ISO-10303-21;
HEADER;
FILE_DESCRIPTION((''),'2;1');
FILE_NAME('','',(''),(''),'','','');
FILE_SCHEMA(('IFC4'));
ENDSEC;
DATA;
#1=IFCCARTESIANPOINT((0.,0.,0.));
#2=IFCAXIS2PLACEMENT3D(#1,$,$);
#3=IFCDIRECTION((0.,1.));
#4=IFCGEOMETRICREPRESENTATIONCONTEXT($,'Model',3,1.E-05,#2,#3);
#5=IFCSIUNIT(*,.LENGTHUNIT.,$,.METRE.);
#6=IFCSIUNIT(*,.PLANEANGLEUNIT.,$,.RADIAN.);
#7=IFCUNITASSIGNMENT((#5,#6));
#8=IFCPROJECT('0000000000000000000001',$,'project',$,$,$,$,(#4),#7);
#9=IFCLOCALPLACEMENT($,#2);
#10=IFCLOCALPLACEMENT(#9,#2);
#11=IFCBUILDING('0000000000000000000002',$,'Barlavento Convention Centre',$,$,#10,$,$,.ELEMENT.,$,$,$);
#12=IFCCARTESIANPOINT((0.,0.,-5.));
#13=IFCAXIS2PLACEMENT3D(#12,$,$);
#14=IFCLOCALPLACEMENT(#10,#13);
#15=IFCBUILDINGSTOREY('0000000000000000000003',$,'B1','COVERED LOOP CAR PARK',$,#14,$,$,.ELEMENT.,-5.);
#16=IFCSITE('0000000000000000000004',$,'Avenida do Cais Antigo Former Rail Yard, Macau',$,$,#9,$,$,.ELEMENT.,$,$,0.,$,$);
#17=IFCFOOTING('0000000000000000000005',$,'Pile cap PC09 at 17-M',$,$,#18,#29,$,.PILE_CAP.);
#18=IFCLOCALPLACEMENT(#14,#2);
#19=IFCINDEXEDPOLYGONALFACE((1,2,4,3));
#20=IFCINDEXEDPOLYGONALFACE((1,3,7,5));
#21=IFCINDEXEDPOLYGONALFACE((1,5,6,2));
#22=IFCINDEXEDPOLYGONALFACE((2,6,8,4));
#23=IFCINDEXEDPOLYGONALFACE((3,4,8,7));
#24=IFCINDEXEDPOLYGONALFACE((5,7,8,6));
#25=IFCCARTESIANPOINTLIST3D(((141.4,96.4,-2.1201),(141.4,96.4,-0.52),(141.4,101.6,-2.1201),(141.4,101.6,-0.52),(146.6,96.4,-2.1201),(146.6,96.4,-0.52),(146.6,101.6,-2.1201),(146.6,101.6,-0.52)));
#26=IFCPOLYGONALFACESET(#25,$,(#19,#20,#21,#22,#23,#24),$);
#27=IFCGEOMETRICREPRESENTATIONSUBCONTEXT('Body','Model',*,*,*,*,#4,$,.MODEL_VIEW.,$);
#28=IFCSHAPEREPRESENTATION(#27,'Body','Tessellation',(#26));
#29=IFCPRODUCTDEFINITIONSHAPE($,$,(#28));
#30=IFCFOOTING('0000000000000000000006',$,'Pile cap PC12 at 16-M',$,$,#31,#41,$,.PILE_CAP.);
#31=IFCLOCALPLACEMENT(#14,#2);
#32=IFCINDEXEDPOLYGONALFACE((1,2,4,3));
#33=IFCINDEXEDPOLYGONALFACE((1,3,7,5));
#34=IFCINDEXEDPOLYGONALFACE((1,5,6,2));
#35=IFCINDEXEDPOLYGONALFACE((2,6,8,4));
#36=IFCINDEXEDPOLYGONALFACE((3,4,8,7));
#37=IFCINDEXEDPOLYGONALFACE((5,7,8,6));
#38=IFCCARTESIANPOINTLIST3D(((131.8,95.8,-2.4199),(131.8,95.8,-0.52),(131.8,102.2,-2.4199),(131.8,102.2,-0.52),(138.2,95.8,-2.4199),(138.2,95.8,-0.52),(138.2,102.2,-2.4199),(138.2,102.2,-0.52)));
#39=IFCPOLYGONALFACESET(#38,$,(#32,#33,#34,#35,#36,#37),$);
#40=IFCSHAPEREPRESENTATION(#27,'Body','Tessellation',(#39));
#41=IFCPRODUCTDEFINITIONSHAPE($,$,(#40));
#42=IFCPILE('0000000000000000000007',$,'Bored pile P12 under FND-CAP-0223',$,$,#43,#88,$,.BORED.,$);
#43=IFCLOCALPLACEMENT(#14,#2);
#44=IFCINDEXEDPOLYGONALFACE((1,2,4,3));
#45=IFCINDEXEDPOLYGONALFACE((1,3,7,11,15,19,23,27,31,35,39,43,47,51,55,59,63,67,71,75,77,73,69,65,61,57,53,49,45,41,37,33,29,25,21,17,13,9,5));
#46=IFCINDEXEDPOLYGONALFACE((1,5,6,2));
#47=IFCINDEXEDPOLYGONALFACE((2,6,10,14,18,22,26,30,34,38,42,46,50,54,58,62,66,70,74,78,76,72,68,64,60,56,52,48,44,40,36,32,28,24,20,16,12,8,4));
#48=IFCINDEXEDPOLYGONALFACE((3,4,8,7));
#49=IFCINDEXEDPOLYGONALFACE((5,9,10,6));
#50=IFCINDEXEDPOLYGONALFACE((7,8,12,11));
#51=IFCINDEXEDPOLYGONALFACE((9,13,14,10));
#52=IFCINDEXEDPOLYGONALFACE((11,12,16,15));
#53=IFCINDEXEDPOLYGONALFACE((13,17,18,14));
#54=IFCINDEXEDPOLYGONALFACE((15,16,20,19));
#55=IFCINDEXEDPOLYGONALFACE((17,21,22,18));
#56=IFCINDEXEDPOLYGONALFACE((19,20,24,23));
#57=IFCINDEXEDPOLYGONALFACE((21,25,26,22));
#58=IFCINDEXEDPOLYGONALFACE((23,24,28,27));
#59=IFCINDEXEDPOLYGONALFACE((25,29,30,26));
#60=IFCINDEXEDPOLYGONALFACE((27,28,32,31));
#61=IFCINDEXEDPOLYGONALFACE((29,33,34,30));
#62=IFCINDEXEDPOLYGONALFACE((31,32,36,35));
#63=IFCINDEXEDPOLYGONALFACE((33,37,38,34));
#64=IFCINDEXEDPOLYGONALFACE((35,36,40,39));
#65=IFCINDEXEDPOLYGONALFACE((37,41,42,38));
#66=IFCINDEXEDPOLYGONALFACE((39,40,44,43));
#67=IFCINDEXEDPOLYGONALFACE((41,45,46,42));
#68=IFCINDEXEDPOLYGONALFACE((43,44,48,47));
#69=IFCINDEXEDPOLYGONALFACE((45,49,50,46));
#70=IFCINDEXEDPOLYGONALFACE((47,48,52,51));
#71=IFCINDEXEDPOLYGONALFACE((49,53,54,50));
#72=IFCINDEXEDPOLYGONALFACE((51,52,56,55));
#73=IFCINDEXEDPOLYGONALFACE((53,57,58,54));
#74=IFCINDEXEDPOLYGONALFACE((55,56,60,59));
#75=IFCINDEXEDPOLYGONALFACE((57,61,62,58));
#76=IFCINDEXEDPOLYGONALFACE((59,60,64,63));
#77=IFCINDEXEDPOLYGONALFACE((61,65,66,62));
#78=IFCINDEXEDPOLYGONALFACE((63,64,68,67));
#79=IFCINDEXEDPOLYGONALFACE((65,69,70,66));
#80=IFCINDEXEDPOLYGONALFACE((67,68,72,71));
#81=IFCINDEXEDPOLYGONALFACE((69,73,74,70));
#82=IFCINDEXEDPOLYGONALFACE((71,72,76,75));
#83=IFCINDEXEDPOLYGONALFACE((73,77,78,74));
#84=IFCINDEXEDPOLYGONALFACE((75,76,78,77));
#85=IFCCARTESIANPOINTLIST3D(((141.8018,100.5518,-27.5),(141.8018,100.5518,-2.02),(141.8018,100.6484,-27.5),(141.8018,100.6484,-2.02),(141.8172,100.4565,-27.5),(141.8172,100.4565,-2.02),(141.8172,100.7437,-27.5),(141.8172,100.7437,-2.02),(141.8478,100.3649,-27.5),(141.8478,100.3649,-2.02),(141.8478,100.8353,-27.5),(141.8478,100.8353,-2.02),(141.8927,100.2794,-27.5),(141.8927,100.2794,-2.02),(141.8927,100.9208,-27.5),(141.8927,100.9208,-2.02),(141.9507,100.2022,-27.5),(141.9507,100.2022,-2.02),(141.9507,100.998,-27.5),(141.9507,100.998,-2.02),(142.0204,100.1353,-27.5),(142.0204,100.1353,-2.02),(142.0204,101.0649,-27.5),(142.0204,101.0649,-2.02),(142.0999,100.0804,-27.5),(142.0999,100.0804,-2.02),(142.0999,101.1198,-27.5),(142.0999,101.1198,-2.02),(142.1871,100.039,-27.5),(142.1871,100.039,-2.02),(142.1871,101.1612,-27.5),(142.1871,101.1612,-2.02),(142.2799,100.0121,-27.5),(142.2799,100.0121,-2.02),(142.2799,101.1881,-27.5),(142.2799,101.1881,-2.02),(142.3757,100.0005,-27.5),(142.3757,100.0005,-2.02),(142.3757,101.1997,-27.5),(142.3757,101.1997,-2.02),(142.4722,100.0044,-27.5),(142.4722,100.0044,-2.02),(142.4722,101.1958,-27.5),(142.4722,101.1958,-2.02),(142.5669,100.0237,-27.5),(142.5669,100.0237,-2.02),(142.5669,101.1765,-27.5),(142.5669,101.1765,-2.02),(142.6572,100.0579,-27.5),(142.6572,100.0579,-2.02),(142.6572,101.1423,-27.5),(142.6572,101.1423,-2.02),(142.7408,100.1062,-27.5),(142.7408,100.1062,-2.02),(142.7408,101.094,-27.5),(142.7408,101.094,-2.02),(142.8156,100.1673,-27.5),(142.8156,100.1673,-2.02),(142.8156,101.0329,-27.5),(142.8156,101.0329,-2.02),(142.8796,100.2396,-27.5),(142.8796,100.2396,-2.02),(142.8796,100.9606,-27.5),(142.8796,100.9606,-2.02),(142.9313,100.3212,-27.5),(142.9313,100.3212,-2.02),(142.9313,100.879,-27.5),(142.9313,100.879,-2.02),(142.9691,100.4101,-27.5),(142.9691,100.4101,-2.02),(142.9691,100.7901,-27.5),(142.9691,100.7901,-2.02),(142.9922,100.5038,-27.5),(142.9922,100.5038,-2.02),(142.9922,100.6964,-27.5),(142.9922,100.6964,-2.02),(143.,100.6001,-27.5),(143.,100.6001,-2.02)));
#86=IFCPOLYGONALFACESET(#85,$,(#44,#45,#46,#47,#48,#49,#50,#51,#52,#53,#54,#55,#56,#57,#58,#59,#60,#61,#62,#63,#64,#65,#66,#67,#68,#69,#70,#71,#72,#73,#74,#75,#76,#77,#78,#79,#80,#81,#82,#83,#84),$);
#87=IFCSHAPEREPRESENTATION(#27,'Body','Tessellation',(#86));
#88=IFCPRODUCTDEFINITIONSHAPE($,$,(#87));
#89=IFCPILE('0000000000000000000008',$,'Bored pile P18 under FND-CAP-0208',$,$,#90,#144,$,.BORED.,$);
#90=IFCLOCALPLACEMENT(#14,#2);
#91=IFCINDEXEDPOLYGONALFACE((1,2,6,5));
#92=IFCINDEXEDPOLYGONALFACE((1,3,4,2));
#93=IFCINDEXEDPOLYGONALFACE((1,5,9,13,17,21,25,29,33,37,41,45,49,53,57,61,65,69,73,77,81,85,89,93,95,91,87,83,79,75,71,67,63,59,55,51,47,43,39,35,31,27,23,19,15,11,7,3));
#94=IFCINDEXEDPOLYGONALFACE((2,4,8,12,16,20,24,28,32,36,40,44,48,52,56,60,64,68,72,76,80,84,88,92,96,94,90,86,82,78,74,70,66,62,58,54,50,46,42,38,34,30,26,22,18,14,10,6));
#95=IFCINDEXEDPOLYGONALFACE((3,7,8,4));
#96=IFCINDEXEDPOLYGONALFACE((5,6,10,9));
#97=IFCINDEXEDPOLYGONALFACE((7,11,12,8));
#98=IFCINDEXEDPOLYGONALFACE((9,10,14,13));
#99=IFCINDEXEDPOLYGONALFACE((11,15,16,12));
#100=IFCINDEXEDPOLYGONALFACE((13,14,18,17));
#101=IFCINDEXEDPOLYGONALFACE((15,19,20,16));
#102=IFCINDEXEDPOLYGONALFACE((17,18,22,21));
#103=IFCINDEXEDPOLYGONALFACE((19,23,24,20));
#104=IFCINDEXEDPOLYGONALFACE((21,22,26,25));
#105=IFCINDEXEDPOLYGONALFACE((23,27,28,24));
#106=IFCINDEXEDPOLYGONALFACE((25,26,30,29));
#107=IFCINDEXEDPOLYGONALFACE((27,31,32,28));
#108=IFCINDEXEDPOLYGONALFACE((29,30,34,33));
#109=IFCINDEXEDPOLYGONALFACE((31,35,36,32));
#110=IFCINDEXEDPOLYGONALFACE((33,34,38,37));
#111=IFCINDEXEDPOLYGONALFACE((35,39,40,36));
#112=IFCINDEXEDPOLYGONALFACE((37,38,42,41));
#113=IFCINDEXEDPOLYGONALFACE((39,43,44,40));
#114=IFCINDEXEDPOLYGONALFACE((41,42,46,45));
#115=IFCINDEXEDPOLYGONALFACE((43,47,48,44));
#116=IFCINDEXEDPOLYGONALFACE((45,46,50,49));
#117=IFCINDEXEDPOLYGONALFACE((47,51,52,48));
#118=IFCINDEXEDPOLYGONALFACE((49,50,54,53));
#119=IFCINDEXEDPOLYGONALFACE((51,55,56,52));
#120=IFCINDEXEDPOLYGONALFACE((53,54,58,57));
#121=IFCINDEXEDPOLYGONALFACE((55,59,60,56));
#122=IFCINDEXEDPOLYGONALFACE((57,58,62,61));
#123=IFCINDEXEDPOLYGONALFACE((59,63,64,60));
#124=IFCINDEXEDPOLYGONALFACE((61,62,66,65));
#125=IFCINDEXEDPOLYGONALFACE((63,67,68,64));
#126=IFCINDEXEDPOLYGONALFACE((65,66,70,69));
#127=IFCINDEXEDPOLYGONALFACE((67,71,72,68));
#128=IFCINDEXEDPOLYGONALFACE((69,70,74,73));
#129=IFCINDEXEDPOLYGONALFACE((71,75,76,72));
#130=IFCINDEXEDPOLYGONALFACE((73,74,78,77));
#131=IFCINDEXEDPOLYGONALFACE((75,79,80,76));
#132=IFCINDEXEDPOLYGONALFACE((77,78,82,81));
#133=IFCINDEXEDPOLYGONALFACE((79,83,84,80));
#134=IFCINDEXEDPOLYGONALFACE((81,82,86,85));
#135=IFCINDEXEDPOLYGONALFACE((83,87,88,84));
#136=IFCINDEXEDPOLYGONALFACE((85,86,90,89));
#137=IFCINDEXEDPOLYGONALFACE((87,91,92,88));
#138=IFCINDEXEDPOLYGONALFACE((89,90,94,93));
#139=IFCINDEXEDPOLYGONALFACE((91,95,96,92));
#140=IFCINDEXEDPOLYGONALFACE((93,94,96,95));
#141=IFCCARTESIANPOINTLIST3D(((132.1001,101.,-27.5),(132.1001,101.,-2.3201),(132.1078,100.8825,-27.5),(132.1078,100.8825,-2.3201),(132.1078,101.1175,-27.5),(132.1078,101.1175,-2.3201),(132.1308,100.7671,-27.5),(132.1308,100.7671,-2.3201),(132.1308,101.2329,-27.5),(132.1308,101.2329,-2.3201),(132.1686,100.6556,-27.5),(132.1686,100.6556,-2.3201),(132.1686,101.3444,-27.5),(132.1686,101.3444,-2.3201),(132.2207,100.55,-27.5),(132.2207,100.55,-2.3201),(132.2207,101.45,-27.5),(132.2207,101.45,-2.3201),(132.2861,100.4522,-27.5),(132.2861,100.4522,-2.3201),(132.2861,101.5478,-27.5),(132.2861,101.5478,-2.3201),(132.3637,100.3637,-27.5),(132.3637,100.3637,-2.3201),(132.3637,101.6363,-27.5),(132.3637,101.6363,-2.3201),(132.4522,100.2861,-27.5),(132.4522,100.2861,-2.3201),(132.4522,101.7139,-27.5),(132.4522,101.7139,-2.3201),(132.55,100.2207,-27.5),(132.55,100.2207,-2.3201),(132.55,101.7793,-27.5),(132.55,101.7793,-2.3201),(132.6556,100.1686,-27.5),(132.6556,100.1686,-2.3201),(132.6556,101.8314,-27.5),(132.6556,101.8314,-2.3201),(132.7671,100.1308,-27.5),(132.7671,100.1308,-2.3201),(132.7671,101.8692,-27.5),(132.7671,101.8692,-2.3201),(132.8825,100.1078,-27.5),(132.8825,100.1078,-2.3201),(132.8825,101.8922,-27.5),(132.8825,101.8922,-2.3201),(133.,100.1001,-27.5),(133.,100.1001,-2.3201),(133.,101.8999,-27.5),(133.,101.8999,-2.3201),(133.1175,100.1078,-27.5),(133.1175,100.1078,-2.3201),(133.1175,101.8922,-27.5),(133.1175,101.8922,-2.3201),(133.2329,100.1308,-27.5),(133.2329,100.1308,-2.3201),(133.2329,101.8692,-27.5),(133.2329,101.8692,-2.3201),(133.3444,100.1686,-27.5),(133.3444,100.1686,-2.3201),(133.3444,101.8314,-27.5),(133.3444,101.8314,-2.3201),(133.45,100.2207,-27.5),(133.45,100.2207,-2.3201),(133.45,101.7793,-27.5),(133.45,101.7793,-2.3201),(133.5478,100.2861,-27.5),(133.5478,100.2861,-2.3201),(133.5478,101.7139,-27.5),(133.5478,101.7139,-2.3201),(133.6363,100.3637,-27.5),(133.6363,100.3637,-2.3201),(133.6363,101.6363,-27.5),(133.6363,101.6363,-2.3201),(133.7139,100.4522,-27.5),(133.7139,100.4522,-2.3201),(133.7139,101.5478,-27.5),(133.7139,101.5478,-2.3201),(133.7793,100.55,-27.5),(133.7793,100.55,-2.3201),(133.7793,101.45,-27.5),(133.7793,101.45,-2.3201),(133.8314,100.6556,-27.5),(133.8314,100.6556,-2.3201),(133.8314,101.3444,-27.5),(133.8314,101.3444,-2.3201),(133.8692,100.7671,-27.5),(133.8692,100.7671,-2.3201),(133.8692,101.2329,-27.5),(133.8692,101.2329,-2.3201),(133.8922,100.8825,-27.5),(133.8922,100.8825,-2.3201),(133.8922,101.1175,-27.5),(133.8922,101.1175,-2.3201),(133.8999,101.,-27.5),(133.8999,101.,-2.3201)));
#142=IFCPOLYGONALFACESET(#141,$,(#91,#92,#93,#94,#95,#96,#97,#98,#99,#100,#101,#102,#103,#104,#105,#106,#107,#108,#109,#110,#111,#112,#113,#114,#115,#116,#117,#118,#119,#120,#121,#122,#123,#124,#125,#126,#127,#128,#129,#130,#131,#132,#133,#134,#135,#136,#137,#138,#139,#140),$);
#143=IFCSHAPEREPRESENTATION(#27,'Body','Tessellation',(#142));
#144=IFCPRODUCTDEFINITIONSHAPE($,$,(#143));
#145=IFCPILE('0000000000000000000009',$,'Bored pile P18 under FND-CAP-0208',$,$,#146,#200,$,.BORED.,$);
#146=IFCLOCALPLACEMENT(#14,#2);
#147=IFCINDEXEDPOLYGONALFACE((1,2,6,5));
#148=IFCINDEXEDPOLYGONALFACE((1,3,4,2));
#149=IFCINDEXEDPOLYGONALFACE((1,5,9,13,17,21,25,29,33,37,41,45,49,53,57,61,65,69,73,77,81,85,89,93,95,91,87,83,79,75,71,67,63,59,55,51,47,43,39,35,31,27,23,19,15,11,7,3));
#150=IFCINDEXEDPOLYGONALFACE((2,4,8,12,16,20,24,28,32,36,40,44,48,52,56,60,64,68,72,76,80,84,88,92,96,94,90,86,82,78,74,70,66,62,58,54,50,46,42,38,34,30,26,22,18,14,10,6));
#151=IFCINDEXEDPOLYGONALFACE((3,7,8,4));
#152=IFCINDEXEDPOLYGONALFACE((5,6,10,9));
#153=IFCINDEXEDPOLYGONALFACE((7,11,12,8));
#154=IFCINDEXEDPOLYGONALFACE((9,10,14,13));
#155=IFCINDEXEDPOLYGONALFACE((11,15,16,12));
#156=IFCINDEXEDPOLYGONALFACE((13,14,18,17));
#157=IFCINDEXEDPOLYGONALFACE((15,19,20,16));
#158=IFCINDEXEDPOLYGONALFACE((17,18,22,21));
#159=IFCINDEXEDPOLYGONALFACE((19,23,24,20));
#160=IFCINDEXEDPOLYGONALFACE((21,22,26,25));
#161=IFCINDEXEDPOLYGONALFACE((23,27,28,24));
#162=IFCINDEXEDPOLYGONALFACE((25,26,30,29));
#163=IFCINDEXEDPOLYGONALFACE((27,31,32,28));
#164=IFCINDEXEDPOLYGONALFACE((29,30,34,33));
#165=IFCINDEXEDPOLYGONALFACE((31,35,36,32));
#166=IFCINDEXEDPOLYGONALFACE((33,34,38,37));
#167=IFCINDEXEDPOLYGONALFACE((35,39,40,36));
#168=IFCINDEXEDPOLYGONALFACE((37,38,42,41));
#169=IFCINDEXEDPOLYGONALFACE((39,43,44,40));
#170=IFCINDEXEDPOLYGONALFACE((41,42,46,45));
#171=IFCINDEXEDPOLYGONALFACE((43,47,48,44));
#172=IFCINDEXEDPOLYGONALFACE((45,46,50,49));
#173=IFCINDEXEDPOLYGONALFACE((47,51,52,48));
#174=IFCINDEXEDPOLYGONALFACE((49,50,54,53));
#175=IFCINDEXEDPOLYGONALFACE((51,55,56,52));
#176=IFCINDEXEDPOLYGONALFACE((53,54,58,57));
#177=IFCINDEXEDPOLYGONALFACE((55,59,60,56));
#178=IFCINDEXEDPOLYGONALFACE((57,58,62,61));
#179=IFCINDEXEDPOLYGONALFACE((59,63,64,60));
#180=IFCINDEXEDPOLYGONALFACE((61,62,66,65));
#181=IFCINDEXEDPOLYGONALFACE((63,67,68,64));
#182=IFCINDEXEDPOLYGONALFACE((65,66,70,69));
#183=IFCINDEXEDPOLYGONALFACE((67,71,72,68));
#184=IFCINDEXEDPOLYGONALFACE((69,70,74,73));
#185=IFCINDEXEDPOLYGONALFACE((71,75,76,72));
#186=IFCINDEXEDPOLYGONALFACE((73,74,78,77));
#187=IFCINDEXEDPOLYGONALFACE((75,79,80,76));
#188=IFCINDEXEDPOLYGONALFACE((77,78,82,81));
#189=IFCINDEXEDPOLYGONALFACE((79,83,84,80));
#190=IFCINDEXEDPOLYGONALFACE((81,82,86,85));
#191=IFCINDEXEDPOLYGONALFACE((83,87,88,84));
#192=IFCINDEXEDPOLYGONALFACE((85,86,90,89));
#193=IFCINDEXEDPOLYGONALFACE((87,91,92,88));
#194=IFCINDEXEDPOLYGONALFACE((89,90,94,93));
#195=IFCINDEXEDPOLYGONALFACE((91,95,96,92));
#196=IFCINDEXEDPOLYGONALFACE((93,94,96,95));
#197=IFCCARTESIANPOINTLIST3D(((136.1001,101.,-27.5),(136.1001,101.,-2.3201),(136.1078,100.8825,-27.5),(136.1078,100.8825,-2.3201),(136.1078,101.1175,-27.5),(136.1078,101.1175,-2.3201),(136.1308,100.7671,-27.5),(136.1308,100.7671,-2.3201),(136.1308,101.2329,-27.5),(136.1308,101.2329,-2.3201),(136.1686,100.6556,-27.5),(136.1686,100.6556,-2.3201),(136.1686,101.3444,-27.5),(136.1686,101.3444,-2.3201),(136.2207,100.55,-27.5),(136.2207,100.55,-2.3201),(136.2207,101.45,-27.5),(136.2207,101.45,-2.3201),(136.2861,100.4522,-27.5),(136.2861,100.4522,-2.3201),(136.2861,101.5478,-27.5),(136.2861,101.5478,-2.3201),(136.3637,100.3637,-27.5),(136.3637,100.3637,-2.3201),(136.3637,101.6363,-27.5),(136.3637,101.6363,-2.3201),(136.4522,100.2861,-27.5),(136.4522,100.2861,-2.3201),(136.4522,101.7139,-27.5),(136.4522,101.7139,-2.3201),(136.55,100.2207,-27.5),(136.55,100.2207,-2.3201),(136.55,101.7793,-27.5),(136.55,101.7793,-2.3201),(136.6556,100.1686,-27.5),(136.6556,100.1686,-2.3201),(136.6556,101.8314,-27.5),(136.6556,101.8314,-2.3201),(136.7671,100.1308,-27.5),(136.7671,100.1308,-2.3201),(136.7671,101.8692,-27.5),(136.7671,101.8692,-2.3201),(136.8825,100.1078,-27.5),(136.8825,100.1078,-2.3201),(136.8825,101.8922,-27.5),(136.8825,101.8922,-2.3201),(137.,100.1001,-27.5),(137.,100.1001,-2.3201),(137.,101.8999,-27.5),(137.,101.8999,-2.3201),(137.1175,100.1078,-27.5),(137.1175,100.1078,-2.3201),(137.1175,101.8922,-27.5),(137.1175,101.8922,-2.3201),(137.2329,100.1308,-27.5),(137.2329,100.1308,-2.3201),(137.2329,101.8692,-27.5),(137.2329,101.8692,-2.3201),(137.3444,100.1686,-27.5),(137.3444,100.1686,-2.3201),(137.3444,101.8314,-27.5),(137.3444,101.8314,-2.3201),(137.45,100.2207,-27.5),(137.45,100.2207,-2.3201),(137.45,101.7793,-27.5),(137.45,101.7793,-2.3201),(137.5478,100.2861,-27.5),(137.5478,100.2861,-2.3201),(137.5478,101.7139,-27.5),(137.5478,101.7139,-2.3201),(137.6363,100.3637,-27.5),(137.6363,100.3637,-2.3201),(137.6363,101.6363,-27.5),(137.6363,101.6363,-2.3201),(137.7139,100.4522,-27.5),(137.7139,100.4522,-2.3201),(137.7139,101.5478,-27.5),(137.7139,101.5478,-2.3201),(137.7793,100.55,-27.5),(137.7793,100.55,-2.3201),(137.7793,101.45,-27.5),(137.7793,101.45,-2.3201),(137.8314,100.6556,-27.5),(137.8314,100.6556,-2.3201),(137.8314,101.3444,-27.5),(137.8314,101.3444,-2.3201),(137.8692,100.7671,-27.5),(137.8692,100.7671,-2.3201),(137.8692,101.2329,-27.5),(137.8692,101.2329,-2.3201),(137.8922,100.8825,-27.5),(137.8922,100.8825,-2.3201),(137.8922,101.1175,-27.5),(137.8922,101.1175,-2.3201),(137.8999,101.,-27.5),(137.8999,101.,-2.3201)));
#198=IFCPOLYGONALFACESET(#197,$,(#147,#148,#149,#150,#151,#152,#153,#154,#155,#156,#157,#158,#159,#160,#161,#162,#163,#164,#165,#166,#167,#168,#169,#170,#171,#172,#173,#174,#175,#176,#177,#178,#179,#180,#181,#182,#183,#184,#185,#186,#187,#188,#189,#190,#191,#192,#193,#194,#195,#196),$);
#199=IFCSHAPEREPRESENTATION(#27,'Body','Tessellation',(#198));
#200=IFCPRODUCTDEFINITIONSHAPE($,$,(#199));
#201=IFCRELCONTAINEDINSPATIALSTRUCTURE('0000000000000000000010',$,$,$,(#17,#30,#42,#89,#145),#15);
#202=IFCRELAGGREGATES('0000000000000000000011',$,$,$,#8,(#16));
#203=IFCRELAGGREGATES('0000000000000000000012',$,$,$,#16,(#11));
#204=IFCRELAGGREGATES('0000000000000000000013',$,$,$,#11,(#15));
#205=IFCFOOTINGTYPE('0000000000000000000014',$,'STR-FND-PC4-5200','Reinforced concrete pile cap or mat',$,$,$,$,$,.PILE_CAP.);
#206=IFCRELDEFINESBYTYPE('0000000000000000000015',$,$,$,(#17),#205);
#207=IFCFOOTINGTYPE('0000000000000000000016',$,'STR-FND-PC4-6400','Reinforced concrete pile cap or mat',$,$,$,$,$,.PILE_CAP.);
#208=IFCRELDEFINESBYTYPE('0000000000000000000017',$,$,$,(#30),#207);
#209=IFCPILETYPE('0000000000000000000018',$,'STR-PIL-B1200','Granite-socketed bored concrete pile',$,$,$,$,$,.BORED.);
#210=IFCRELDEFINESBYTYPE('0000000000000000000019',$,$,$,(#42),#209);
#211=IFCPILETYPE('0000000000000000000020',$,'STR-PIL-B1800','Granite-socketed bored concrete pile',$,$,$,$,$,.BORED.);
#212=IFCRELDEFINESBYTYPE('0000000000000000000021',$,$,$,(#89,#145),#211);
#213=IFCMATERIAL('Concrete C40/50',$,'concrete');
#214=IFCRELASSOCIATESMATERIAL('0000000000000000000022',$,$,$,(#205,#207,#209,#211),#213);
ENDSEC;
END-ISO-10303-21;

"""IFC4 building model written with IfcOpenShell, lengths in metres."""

from ifc_helpers import new_model, si_unit, direction, frame, origin, origin_2d, place, context, subcontext, project, spatial, rectangle, circle, extrude, material, material_profile, profile_set, type_object, element, save


model = new_model("IFC4")

# Units and contexts
model_context = context("Model", 3, precision=1e-05, world=origin(), true_north=direction((0.0, 1.0)))
body_context = subcontext(model_context, "Body", "Model", "MODEL_VIEW")
ifc_project = project(units=[si_unit("LENGTHUNIT", "METRE"), si_unit("PLANEANGLEUNIT", "RADIAN")], contexts=[model_context])

# Site, building, storey
site_placement = place(None, origin())
site = spatial("IfcSite", under=ifc_project, at=site_placement, Name="Avenida do Cais Antigo Former Rail Yard, Macau", CompositionType="ELEMENT", RefElevation=0.0)
building_placement = place(site_placement, origin())
building = spatial("IfcBuilding", under=site, at=building_placement, Name="Barlavento Convention Centre", CompositionType="ELEMENT")
storey_placement = place(building_placement, frame((0.0, 0.0, -5.0)))
storey = spatial("IfcBuildingStorey", under=building, at=storey_placement, Name="B1", Description="COVERED LOOP CAR PARK", CompositionType="ELEMENT", Elevation=-5.0)

# Footings
ifc_material_1 = material(Name="Concrete C40/50", Category="concrete")
footing_type_1 = type_object("IfcFootingType", Name="STR-FND-PC4-5200", Description="Reinforced concrete pile cap or mat", PredefinedType="PILE_CAP", material=ifc_material_1)
footing_1_placement = place(storey_placement, frame((144.0, 99.0, -2.1201), z_axis=(0.0, 0.0, 1.0), x_axis=(1.0, 0.0, 0.0)))
element("IfcFooting", 1, at=footing_1_placement, inside=storey, type_object=footing_type_1, Name="Pile cap PC09 at 17-M", PredefinedType="PILE_CAP", context=body_context, shape_type="SweptSolid", body=[
    extrude(rectangle(XDim=5.2, YDim=5.2, at=origin_2d()), origin(), (0.0, 0.0, 1.0), 1.6001),
])
footing_type_2 = type_object("IfcFootingType", Name="STR-FND-PC4-6400", Description="Reinforced concrete pile cap or mat", PredefinedType="PILE_CAP", material=ifc_material_1)
footing_2_placement = place(storey_placement, frame((135.0, 99.0, -2.4199), z_axis=(0.0, 0.0, 1.0), x_axis=(1.0, 0.0, 0.0)))
element("IfcFooting", 2, at=footing_2_placement, inside=storey, type_object=footing_type_2, Name="Pile cap PC12 at 16-M", PredefinedType="PILE_CAP", context=body_context, shape_type="SweptSolid", body=[
    extrude(rectangle(XDim=6.3999, YDim=6.3999, at=origin_2d()), origin(), (0.0, 0.0, 1.0), 1.8999),
])

# Piles
ifc_material_profile_1 = material_profile(ifc_material_1, circle(Radius=0.6001, at=origin_2d()), Name="BORED PILE 1200")
ifc_profile_set_1 = profile_set([ifc_material_profile_1], Name="Concrete C40/50")
pile_type_1 = type_object("IfcPileType", Name="STR-PIL-B1200", Description="Granite-socketed bored concrete pile", PredefinedType="BORED", material=ifc_profile_set_1)
pile_placement = place(storey_placement, frame((142.3999, 100.6001, -2.02), z_axis=(0.0, 0.0, -1.0), x_axis=(1.0, 0.0, 0.0)))
element("IfcPile", 3, at=pile_placement, inside=storey, type_object=pile_type_1, Name="Bored pile P12 under FND-CAP-0223", PredefinedType="BORED", context=body_context, shape_type="SweptSolid", body=[
    extrude(circle(Radius=0.6001, at=origin_2d()), origin(), (0.0, 0.0, 1.0), 25.48),
])
ifc_material_profile_2 = material_profile(ifc_material_1, circle(Radius=0.8999, at=origin_2d()), Name="BORED PILE 1800")
ifc_profile_set_2 = profile_set([ifc_material_profile_2], Name="Concrete C40/50")
pile_type_2 = type_object("IfcPileType", Name="STR-PIL-B1800", Description="Granite-socketed bored concrete pile", PredefinedType="BORED", material=ifc_profile_set_2)
for number, where, z_axis, x_axis, name in (
    (4, (133.0, 101.0, -2.3201), (0.0, 0.0, -1.0), (1.0, 0.0, 0.0), "Bored pile P18 under FND-CAP-0208"),
    (5, (137.0, 101.0, -2.3201), (0.0, 0.0, -1.0), (1.0, 0.0, 0.0), "Bored pile P18 under FND-CAP-0208"),
):
    element("IfcPile", number, at=place(storey_placement, frame(where, z_axis=z_axis, x_axis=x_axis)), inside=storey, type_object=pile_type_2, Name=name, PredefinedType="BORED", context=body_context, shape_type="SweptSolid", body=[
        extrude(circle(Radius=0.8999, at=origin_2d()), origin(), (0.0, 0.0, 1.0), 25.1799),
    ])

save(model, "model.ifc")
